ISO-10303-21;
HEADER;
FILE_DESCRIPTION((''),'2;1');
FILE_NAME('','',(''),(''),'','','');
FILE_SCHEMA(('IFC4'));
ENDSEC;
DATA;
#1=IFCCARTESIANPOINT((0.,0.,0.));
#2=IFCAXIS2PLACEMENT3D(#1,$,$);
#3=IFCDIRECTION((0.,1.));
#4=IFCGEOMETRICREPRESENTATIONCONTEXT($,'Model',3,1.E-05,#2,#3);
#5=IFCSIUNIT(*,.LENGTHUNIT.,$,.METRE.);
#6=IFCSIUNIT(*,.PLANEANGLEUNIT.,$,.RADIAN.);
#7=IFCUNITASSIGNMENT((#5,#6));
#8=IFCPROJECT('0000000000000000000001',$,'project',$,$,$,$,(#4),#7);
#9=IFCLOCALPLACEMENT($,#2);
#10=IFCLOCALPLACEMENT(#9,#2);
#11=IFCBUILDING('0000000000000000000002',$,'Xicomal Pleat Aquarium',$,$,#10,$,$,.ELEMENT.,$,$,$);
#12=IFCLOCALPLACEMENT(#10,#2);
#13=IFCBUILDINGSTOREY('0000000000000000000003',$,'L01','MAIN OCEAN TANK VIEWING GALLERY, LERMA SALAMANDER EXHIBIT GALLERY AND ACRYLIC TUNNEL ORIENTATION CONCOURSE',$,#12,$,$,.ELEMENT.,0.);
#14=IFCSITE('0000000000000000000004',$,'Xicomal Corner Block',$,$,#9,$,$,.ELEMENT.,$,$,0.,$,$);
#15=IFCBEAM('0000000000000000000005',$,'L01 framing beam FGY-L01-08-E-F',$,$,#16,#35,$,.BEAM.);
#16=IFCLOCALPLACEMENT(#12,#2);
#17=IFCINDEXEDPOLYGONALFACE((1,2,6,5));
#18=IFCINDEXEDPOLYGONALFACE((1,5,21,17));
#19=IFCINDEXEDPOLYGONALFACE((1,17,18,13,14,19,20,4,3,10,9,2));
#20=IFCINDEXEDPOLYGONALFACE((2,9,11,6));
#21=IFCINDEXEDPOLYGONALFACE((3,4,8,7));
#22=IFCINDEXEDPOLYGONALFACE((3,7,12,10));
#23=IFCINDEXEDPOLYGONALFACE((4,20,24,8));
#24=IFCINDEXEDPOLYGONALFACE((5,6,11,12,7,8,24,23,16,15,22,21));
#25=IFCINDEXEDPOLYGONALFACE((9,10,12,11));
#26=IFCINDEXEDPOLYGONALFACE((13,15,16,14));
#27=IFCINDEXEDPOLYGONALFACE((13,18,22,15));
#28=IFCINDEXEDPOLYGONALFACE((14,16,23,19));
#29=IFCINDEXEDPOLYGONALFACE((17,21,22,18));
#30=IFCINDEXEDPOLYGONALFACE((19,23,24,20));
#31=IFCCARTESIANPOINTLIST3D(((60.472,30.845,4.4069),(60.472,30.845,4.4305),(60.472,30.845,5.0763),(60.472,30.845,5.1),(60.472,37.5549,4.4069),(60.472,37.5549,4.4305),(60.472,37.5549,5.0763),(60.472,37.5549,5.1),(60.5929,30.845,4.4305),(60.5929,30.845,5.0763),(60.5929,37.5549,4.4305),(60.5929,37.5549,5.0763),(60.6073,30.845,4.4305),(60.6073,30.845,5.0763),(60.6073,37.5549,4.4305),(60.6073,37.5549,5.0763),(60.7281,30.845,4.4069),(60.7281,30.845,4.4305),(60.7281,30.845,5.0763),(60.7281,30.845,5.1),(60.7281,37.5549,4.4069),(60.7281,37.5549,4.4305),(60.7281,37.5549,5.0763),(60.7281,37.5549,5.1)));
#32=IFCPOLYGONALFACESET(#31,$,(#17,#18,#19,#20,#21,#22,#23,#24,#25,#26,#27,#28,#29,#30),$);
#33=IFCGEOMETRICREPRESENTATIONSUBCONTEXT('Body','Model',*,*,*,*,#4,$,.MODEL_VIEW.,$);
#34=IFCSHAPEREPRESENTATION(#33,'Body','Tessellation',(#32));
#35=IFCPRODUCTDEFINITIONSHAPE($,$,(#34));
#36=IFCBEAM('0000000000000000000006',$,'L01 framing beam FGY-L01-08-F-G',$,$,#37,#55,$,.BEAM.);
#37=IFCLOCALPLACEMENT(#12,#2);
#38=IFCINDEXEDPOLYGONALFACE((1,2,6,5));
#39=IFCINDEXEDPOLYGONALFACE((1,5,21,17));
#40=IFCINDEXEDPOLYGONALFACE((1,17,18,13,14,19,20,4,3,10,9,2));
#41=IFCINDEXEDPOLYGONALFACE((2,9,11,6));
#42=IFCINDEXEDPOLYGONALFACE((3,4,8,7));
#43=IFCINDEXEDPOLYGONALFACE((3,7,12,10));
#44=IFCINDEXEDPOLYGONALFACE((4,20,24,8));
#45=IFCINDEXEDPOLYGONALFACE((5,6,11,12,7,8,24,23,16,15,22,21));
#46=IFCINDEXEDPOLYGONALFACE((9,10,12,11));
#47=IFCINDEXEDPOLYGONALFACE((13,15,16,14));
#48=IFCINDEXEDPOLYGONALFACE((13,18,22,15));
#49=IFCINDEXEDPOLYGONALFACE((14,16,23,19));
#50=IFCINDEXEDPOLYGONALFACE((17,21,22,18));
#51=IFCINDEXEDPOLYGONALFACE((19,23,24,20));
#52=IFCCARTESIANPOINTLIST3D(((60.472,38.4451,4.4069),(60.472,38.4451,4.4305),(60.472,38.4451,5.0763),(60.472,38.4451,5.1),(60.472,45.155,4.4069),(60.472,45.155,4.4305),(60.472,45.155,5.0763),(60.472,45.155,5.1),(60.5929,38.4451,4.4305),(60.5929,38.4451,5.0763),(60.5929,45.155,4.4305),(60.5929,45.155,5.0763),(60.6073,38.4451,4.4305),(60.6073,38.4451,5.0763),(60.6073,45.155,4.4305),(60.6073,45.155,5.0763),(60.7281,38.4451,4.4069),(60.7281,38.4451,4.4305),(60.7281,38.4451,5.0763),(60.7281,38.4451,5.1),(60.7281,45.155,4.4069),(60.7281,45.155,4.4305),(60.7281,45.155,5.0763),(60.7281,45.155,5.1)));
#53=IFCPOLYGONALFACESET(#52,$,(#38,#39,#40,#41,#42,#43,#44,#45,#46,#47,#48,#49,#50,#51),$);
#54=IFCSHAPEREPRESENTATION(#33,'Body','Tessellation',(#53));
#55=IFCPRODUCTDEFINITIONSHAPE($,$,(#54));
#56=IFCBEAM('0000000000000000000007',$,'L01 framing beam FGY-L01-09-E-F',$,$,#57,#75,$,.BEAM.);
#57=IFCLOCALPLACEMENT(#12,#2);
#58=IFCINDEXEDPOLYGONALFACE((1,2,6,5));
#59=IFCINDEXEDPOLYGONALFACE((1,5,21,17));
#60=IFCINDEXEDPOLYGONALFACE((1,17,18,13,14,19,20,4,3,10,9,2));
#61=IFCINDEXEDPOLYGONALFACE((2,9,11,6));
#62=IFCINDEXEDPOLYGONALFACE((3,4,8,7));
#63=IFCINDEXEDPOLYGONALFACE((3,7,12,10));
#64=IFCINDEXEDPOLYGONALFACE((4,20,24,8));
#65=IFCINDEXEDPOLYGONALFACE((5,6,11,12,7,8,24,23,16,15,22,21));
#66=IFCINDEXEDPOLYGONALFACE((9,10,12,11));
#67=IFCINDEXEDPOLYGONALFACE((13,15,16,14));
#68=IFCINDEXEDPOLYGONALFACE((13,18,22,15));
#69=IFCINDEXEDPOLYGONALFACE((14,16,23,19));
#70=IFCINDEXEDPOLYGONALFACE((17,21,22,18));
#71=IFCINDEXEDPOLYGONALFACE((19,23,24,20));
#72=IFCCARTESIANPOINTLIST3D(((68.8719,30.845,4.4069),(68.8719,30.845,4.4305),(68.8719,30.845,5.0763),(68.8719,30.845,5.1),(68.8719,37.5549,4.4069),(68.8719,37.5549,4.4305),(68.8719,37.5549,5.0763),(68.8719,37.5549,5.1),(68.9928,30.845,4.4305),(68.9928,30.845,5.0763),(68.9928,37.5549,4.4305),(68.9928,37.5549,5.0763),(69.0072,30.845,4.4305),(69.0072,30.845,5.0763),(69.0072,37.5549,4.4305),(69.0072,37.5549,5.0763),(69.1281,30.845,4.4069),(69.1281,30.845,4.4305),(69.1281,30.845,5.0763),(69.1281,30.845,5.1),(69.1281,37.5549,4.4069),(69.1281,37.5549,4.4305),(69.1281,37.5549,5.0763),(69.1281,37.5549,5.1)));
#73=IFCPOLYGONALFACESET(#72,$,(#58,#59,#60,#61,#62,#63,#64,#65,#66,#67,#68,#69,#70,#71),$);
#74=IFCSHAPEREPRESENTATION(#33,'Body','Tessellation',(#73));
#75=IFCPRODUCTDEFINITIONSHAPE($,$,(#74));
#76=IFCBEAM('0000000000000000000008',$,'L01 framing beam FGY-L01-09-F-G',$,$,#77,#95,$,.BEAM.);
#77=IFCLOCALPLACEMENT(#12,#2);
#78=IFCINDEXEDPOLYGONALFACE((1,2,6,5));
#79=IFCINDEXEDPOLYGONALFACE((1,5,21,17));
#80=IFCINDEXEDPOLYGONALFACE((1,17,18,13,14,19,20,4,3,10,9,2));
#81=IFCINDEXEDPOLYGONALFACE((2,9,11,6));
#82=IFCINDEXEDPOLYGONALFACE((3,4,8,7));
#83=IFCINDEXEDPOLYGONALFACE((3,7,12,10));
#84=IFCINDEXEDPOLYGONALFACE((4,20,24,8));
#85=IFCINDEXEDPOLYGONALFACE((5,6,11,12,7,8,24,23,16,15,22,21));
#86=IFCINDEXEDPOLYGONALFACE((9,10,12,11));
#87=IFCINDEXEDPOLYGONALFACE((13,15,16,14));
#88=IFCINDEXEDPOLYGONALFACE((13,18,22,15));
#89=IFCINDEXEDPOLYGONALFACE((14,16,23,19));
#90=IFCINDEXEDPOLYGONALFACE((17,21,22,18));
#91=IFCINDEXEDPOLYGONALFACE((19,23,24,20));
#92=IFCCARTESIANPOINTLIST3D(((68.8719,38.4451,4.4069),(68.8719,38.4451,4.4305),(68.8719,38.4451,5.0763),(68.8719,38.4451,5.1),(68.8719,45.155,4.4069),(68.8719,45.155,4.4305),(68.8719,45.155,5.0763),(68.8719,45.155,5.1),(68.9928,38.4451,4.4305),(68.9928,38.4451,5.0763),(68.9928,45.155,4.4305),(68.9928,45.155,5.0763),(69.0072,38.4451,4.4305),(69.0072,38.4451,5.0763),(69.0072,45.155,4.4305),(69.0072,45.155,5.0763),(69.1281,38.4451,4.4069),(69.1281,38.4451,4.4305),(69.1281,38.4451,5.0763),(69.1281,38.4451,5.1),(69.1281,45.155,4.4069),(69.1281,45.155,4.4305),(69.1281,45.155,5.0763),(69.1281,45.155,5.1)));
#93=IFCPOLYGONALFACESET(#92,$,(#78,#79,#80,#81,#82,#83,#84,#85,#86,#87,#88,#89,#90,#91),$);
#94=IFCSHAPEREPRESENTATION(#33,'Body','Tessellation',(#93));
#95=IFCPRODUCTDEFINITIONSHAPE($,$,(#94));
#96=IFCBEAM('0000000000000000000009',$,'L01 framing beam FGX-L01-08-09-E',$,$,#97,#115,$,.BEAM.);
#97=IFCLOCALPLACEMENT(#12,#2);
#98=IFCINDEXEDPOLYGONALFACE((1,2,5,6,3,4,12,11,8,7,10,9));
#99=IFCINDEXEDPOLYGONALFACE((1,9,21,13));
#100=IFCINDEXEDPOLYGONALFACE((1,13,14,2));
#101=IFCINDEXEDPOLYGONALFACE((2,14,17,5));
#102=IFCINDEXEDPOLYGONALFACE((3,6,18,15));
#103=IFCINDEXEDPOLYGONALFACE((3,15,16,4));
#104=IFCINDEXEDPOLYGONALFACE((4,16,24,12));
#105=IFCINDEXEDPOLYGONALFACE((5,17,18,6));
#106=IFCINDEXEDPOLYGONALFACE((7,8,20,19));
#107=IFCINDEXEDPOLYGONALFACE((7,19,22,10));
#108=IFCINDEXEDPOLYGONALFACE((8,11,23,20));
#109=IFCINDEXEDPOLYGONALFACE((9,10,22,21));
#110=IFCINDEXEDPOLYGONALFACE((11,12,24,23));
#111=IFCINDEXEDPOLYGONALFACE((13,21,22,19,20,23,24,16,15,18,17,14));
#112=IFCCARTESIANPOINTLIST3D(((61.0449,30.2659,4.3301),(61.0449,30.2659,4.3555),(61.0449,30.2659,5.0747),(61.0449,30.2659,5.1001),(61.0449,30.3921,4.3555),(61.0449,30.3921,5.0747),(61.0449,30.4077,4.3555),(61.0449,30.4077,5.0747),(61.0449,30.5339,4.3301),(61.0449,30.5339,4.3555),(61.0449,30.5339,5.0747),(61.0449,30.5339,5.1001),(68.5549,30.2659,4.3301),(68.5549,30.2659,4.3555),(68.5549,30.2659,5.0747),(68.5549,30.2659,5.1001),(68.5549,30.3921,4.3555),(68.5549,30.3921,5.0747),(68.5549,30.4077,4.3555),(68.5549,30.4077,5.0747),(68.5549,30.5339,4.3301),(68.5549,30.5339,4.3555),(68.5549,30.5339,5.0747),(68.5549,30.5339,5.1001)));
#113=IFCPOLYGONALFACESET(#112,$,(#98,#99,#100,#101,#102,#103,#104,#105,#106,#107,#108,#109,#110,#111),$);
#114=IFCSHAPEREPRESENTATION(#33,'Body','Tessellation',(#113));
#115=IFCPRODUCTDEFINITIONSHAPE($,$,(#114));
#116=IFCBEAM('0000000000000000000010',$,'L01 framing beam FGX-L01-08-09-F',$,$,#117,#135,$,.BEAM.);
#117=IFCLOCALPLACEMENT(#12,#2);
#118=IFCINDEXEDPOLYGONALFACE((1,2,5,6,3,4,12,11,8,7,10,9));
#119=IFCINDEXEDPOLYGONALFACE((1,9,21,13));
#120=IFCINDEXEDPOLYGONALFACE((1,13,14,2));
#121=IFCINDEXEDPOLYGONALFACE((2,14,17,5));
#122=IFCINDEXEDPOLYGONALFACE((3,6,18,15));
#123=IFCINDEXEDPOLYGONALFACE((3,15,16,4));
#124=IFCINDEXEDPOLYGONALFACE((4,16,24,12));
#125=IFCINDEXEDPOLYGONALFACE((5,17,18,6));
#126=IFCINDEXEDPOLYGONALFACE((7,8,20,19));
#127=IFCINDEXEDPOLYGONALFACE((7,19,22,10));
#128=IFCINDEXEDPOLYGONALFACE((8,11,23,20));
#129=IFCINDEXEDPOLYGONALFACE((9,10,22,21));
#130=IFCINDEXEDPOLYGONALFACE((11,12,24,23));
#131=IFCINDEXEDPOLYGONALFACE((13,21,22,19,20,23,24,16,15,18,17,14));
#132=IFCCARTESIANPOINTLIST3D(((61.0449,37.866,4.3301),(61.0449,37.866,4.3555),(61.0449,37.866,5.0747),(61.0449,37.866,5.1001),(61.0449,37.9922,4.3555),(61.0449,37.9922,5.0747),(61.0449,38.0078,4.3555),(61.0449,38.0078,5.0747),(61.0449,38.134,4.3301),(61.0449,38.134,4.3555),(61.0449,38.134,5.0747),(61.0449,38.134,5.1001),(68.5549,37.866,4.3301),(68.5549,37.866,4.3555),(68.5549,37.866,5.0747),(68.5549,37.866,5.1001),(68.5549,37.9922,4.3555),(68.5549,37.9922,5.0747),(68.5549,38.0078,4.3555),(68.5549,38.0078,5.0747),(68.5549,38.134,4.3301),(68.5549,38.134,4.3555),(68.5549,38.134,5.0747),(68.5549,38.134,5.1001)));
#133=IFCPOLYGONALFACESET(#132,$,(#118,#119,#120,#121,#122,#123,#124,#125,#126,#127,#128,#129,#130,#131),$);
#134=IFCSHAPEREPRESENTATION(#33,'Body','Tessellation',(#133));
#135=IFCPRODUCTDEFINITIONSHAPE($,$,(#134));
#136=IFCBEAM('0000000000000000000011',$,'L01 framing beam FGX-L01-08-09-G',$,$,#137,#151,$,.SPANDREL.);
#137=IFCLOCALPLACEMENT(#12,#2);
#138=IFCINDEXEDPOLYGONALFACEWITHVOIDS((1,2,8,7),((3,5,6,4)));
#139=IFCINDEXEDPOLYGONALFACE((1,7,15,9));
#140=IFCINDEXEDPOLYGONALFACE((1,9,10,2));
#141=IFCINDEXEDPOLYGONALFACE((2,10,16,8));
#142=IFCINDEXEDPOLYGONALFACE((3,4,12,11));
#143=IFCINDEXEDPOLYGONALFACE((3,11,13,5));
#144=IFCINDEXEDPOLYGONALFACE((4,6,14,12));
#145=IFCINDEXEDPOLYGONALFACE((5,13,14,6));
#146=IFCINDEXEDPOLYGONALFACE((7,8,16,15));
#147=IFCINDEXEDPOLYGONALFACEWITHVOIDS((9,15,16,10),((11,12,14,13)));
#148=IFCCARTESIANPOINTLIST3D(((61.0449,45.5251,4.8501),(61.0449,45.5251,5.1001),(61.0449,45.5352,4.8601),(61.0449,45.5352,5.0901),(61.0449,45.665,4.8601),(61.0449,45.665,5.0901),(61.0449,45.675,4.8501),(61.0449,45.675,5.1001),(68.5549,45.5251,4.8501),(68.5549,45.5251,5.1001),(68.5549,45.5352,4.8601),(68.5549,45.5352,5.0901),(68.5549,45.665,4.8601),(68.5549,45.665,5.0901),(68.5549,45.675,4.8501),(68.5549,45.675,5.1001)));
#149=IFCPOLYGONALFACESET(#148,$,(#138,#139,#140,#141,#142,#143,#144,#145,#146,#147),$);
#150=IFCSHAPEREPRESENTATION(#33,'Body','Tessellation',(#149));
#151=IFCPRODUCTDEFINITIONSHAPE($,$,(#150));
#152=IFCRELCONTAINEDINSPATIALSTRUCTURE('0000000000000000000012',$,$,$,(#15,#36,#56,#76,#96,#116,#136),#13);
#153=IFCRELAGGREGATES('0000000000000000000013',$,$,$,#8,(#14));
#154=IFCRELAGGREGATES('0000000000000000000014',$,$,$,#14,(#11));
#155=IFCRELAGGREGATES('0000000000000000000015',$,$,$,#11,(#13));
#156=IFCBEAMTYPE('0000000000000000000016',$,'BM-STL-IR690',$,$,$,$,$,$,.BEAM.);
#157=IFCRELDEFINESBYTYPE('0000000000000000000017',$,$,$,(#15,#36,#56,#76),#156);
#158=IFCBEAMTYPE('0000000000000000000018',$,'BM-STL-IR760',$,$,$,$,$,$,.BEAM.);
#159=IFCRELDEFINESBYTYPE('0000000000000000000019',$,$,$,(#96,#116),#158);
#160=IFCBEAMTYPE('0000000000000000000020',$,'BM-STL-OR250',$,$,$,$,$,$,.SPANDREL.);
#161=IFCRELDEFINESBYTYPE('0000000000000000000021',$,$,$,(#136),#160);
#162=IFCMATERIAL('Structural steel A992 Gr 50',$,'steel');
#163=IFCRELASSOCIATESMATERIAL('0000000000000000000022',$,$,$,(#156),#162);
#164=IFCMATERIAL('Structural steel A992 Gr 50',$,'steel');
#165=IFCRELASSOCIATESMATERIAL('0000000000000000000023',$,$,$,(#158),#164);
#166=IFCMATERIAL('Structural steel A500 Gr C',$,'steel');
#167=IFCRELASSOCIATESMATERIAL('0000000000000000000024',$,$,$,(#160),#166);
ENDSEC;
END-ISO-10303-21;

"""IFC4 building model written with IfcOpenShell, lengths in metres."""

from ifc_helpers import new_model, si_unit, direction, frame, origin, origin_2d, place, context, subcontext, project, spatial, hollow_rectangle, i_section, extrude, material, material_profile, profile_set, type_object, element, save


model = new_model("IFC4")

# Units and contexts
model_context = context("Model", 3, precision=1e-05, world=origin(), true_north=direction((0.0, 1.0)))
body_context = subcontext(model_context, "Body", "Model", "MODEL_VIEW")
ifc_project = project(units=[si_unit("LENGTHUNIT", "METRE"), si_unit("PLANEANGLEUNIT", "RADIAN")], contexts=[model_context])

# Site, building, storey
site_placement = place(None, origin())
site = spatial("IfcSite", under=ifc_project, at=site_placement, Name="Xicomal Corner Block", CompositionType="ELEMENT", RefElevation=0.0)
building_placement = place(site_placement, origin())
building = spatial("IfcBuilding", under=site, at=building_placement, Name="Xicomal Pleat Aquarium", CompositionType="ELEMENT")
storey_placement = place(building_placement, origin())
storey = spatial("IfcBuildingStorey", under=building, at=storey_placement, Name="L01", Description="MAIN OCEAN TANK VIEWING GALLERY, LERMA SALAMANDER EXHIBIT GALLERY AND ACRYLIC TUNNEL ORIENTATION CONCOURSE", CompositionType="ELEMENT", Elevation=0.0)

# Beams
ifc_material_1 = material(Name="Structural steel A992 Gr 50", Category="steel")
ifc_material_profile_1 = material_profile(ifc_material_1, i_section(OverallWidth=0.2561, OverallDepth=0.6931, WebThickness=0.0144, FlangeThickness=0.0237, at=origin_2d()), Name="IR 690x170")
ifc_profile_set_1 = profile_set([ifc_material_profile_1], Name="Structural steel A992 Gr 50")
beam_type_1 = type_object("IfcBeamType", Name="BM-STL-IR690", PredefinedType="BEAM", material=ifc_profile_set_1)
for number, where, z_axis, x_axis, name in (
    (1, (60.6001, 30.845, 4.7534), (0.0, 1.0, 0.0), (-1.0, 0.0, 0.0), "L01 framing beam FGY-L01-08-E-F"),
    (2, (60.6001, 38.4451, 4.7534), (0.0, 1.0, 0.0), (-1.0, 0.0, 0.0), "L01 framing beam FGY-L01-08-F-G"),
    (3, (69.0, 30.845, 4.7534), (0.0, 1.0, 0.0), (-1.0, 0.0, 0.0), "L01 framing beam FGY-L01-09-E-F"),
    (4, (69.0, 38.4451, 4.7534), (0.0, 1.0, 0.0), (-1.0, 0.0, 0.0), "L01 framing beam FGY-L01-09-F-G"),
):
    element("IfcBeam", number, at=place(storey_placement, frame(where, z_axis=z_axis, x_axis=x_axis)), inside=storey, type_object=beam_type_1, Name=name, PredefinedType="BEAM", context=body_context, shape_type="SweptSolid", body=[
        extrude(i_section(OverallWidth=0.2561, OverallDepth=0.6931, WebThickness=0.0144, FlangeThickness=0.0237, at=origin_2d()), origin(), (0.0, 0.0, 1.0), 6.71),
    ])
ifc_material_2 = material(Name="Structural steel A992 Gr 50", Category="steel")
ifc_material_profile_2 = material_profile(ifc_material_2, i_section(OverallWidth=0.2681, OverallDepth=0.77, WebThickness=0.0156, FlangeThickness=0.0254, at=origin_2d()), Name="IR 760x196")
ifc_profile_set_2 = profile_set([ifc_material_profile_2], Name="Structural steel A992 Gr 50")
beam_type_2 = type_object("IfcBeamType", Name="BM-STL-IR760", PredefinedType="BEAM", material=ifc_profile_set_2)
for number, where, z_axis, x_axis, name in (
    (5, (61.0449, 30.3999, 4.7151), (1.0, 0.0, 0.0), (0.0, 1.0, 0.0), "L01 framing beam FGX-L01-08-09-E"),
    (6, (61.0449, 38.0, 4.7151), (1.0, 0.0, 0.0), (0.0, 1.0, 0.0), "L01 framing beam FGX-L01-08-09-F"),
):
    element("IfcBeam", number, at=place(storey_placement, frame(where, z_axis=z_axis, x_axis=x_axis)), inside=storey, type_object=beam_type_2, Name=name, PredefinedType="BEAM", context=body_context, shape_type="SweptSolid", body=[
        extrude(i_section(OverallWidth=0.2681, OverallDepth=0.77, WebThickness=0.0156, FlangeThickness=0.0254, at=origin_2d()), origin(), (0.0, 0.0, 1.0), 7.51),
    ])
ifc_material_3 = material(Name="Structural steel A500 Gr C", Category="steel")
ifc_material_profile_3 = material_profile(ifc_material_3, hollow_rectangle(XDim=0.1499, YDim=0.25, WallThickness=0.01, at=origin_2d()), Name="OR 250x150x10")
ifc_profile_set_3 = profile_set([ifc_material_profile_3], Name="Structural steel A500 Gr C")
beam_type_3 = type_object("IfcBeamType", Name="BM-STL-OR250", PredefinedType="SPANDREL", material=ifc_profile_set_3)
beam_1_placement = place(storey_placement, frame((61.0449, 45.6001, 4.9751), z_axis=(1.0, 0.0, 0.0), x_axis=(0.0, 1.0, 0.0)))
element("IfcBeam", 7, at=beam_1_placement, inside=storey, type_object=beam_type_3, Name="L01 framing beam FGX-L01-08-09-G", PredefinedType="SPANDREL", context=body_context, shape_type="SweptSolid", body=[
    extrude(hollow_rectangle(XDim=0.1499, YDim=0.25, WallThickness=0.01, at=origin_2d()), origin(), (0.0, 0.0, 1.0), 7.51),
])

save(model, "model.ifc")
